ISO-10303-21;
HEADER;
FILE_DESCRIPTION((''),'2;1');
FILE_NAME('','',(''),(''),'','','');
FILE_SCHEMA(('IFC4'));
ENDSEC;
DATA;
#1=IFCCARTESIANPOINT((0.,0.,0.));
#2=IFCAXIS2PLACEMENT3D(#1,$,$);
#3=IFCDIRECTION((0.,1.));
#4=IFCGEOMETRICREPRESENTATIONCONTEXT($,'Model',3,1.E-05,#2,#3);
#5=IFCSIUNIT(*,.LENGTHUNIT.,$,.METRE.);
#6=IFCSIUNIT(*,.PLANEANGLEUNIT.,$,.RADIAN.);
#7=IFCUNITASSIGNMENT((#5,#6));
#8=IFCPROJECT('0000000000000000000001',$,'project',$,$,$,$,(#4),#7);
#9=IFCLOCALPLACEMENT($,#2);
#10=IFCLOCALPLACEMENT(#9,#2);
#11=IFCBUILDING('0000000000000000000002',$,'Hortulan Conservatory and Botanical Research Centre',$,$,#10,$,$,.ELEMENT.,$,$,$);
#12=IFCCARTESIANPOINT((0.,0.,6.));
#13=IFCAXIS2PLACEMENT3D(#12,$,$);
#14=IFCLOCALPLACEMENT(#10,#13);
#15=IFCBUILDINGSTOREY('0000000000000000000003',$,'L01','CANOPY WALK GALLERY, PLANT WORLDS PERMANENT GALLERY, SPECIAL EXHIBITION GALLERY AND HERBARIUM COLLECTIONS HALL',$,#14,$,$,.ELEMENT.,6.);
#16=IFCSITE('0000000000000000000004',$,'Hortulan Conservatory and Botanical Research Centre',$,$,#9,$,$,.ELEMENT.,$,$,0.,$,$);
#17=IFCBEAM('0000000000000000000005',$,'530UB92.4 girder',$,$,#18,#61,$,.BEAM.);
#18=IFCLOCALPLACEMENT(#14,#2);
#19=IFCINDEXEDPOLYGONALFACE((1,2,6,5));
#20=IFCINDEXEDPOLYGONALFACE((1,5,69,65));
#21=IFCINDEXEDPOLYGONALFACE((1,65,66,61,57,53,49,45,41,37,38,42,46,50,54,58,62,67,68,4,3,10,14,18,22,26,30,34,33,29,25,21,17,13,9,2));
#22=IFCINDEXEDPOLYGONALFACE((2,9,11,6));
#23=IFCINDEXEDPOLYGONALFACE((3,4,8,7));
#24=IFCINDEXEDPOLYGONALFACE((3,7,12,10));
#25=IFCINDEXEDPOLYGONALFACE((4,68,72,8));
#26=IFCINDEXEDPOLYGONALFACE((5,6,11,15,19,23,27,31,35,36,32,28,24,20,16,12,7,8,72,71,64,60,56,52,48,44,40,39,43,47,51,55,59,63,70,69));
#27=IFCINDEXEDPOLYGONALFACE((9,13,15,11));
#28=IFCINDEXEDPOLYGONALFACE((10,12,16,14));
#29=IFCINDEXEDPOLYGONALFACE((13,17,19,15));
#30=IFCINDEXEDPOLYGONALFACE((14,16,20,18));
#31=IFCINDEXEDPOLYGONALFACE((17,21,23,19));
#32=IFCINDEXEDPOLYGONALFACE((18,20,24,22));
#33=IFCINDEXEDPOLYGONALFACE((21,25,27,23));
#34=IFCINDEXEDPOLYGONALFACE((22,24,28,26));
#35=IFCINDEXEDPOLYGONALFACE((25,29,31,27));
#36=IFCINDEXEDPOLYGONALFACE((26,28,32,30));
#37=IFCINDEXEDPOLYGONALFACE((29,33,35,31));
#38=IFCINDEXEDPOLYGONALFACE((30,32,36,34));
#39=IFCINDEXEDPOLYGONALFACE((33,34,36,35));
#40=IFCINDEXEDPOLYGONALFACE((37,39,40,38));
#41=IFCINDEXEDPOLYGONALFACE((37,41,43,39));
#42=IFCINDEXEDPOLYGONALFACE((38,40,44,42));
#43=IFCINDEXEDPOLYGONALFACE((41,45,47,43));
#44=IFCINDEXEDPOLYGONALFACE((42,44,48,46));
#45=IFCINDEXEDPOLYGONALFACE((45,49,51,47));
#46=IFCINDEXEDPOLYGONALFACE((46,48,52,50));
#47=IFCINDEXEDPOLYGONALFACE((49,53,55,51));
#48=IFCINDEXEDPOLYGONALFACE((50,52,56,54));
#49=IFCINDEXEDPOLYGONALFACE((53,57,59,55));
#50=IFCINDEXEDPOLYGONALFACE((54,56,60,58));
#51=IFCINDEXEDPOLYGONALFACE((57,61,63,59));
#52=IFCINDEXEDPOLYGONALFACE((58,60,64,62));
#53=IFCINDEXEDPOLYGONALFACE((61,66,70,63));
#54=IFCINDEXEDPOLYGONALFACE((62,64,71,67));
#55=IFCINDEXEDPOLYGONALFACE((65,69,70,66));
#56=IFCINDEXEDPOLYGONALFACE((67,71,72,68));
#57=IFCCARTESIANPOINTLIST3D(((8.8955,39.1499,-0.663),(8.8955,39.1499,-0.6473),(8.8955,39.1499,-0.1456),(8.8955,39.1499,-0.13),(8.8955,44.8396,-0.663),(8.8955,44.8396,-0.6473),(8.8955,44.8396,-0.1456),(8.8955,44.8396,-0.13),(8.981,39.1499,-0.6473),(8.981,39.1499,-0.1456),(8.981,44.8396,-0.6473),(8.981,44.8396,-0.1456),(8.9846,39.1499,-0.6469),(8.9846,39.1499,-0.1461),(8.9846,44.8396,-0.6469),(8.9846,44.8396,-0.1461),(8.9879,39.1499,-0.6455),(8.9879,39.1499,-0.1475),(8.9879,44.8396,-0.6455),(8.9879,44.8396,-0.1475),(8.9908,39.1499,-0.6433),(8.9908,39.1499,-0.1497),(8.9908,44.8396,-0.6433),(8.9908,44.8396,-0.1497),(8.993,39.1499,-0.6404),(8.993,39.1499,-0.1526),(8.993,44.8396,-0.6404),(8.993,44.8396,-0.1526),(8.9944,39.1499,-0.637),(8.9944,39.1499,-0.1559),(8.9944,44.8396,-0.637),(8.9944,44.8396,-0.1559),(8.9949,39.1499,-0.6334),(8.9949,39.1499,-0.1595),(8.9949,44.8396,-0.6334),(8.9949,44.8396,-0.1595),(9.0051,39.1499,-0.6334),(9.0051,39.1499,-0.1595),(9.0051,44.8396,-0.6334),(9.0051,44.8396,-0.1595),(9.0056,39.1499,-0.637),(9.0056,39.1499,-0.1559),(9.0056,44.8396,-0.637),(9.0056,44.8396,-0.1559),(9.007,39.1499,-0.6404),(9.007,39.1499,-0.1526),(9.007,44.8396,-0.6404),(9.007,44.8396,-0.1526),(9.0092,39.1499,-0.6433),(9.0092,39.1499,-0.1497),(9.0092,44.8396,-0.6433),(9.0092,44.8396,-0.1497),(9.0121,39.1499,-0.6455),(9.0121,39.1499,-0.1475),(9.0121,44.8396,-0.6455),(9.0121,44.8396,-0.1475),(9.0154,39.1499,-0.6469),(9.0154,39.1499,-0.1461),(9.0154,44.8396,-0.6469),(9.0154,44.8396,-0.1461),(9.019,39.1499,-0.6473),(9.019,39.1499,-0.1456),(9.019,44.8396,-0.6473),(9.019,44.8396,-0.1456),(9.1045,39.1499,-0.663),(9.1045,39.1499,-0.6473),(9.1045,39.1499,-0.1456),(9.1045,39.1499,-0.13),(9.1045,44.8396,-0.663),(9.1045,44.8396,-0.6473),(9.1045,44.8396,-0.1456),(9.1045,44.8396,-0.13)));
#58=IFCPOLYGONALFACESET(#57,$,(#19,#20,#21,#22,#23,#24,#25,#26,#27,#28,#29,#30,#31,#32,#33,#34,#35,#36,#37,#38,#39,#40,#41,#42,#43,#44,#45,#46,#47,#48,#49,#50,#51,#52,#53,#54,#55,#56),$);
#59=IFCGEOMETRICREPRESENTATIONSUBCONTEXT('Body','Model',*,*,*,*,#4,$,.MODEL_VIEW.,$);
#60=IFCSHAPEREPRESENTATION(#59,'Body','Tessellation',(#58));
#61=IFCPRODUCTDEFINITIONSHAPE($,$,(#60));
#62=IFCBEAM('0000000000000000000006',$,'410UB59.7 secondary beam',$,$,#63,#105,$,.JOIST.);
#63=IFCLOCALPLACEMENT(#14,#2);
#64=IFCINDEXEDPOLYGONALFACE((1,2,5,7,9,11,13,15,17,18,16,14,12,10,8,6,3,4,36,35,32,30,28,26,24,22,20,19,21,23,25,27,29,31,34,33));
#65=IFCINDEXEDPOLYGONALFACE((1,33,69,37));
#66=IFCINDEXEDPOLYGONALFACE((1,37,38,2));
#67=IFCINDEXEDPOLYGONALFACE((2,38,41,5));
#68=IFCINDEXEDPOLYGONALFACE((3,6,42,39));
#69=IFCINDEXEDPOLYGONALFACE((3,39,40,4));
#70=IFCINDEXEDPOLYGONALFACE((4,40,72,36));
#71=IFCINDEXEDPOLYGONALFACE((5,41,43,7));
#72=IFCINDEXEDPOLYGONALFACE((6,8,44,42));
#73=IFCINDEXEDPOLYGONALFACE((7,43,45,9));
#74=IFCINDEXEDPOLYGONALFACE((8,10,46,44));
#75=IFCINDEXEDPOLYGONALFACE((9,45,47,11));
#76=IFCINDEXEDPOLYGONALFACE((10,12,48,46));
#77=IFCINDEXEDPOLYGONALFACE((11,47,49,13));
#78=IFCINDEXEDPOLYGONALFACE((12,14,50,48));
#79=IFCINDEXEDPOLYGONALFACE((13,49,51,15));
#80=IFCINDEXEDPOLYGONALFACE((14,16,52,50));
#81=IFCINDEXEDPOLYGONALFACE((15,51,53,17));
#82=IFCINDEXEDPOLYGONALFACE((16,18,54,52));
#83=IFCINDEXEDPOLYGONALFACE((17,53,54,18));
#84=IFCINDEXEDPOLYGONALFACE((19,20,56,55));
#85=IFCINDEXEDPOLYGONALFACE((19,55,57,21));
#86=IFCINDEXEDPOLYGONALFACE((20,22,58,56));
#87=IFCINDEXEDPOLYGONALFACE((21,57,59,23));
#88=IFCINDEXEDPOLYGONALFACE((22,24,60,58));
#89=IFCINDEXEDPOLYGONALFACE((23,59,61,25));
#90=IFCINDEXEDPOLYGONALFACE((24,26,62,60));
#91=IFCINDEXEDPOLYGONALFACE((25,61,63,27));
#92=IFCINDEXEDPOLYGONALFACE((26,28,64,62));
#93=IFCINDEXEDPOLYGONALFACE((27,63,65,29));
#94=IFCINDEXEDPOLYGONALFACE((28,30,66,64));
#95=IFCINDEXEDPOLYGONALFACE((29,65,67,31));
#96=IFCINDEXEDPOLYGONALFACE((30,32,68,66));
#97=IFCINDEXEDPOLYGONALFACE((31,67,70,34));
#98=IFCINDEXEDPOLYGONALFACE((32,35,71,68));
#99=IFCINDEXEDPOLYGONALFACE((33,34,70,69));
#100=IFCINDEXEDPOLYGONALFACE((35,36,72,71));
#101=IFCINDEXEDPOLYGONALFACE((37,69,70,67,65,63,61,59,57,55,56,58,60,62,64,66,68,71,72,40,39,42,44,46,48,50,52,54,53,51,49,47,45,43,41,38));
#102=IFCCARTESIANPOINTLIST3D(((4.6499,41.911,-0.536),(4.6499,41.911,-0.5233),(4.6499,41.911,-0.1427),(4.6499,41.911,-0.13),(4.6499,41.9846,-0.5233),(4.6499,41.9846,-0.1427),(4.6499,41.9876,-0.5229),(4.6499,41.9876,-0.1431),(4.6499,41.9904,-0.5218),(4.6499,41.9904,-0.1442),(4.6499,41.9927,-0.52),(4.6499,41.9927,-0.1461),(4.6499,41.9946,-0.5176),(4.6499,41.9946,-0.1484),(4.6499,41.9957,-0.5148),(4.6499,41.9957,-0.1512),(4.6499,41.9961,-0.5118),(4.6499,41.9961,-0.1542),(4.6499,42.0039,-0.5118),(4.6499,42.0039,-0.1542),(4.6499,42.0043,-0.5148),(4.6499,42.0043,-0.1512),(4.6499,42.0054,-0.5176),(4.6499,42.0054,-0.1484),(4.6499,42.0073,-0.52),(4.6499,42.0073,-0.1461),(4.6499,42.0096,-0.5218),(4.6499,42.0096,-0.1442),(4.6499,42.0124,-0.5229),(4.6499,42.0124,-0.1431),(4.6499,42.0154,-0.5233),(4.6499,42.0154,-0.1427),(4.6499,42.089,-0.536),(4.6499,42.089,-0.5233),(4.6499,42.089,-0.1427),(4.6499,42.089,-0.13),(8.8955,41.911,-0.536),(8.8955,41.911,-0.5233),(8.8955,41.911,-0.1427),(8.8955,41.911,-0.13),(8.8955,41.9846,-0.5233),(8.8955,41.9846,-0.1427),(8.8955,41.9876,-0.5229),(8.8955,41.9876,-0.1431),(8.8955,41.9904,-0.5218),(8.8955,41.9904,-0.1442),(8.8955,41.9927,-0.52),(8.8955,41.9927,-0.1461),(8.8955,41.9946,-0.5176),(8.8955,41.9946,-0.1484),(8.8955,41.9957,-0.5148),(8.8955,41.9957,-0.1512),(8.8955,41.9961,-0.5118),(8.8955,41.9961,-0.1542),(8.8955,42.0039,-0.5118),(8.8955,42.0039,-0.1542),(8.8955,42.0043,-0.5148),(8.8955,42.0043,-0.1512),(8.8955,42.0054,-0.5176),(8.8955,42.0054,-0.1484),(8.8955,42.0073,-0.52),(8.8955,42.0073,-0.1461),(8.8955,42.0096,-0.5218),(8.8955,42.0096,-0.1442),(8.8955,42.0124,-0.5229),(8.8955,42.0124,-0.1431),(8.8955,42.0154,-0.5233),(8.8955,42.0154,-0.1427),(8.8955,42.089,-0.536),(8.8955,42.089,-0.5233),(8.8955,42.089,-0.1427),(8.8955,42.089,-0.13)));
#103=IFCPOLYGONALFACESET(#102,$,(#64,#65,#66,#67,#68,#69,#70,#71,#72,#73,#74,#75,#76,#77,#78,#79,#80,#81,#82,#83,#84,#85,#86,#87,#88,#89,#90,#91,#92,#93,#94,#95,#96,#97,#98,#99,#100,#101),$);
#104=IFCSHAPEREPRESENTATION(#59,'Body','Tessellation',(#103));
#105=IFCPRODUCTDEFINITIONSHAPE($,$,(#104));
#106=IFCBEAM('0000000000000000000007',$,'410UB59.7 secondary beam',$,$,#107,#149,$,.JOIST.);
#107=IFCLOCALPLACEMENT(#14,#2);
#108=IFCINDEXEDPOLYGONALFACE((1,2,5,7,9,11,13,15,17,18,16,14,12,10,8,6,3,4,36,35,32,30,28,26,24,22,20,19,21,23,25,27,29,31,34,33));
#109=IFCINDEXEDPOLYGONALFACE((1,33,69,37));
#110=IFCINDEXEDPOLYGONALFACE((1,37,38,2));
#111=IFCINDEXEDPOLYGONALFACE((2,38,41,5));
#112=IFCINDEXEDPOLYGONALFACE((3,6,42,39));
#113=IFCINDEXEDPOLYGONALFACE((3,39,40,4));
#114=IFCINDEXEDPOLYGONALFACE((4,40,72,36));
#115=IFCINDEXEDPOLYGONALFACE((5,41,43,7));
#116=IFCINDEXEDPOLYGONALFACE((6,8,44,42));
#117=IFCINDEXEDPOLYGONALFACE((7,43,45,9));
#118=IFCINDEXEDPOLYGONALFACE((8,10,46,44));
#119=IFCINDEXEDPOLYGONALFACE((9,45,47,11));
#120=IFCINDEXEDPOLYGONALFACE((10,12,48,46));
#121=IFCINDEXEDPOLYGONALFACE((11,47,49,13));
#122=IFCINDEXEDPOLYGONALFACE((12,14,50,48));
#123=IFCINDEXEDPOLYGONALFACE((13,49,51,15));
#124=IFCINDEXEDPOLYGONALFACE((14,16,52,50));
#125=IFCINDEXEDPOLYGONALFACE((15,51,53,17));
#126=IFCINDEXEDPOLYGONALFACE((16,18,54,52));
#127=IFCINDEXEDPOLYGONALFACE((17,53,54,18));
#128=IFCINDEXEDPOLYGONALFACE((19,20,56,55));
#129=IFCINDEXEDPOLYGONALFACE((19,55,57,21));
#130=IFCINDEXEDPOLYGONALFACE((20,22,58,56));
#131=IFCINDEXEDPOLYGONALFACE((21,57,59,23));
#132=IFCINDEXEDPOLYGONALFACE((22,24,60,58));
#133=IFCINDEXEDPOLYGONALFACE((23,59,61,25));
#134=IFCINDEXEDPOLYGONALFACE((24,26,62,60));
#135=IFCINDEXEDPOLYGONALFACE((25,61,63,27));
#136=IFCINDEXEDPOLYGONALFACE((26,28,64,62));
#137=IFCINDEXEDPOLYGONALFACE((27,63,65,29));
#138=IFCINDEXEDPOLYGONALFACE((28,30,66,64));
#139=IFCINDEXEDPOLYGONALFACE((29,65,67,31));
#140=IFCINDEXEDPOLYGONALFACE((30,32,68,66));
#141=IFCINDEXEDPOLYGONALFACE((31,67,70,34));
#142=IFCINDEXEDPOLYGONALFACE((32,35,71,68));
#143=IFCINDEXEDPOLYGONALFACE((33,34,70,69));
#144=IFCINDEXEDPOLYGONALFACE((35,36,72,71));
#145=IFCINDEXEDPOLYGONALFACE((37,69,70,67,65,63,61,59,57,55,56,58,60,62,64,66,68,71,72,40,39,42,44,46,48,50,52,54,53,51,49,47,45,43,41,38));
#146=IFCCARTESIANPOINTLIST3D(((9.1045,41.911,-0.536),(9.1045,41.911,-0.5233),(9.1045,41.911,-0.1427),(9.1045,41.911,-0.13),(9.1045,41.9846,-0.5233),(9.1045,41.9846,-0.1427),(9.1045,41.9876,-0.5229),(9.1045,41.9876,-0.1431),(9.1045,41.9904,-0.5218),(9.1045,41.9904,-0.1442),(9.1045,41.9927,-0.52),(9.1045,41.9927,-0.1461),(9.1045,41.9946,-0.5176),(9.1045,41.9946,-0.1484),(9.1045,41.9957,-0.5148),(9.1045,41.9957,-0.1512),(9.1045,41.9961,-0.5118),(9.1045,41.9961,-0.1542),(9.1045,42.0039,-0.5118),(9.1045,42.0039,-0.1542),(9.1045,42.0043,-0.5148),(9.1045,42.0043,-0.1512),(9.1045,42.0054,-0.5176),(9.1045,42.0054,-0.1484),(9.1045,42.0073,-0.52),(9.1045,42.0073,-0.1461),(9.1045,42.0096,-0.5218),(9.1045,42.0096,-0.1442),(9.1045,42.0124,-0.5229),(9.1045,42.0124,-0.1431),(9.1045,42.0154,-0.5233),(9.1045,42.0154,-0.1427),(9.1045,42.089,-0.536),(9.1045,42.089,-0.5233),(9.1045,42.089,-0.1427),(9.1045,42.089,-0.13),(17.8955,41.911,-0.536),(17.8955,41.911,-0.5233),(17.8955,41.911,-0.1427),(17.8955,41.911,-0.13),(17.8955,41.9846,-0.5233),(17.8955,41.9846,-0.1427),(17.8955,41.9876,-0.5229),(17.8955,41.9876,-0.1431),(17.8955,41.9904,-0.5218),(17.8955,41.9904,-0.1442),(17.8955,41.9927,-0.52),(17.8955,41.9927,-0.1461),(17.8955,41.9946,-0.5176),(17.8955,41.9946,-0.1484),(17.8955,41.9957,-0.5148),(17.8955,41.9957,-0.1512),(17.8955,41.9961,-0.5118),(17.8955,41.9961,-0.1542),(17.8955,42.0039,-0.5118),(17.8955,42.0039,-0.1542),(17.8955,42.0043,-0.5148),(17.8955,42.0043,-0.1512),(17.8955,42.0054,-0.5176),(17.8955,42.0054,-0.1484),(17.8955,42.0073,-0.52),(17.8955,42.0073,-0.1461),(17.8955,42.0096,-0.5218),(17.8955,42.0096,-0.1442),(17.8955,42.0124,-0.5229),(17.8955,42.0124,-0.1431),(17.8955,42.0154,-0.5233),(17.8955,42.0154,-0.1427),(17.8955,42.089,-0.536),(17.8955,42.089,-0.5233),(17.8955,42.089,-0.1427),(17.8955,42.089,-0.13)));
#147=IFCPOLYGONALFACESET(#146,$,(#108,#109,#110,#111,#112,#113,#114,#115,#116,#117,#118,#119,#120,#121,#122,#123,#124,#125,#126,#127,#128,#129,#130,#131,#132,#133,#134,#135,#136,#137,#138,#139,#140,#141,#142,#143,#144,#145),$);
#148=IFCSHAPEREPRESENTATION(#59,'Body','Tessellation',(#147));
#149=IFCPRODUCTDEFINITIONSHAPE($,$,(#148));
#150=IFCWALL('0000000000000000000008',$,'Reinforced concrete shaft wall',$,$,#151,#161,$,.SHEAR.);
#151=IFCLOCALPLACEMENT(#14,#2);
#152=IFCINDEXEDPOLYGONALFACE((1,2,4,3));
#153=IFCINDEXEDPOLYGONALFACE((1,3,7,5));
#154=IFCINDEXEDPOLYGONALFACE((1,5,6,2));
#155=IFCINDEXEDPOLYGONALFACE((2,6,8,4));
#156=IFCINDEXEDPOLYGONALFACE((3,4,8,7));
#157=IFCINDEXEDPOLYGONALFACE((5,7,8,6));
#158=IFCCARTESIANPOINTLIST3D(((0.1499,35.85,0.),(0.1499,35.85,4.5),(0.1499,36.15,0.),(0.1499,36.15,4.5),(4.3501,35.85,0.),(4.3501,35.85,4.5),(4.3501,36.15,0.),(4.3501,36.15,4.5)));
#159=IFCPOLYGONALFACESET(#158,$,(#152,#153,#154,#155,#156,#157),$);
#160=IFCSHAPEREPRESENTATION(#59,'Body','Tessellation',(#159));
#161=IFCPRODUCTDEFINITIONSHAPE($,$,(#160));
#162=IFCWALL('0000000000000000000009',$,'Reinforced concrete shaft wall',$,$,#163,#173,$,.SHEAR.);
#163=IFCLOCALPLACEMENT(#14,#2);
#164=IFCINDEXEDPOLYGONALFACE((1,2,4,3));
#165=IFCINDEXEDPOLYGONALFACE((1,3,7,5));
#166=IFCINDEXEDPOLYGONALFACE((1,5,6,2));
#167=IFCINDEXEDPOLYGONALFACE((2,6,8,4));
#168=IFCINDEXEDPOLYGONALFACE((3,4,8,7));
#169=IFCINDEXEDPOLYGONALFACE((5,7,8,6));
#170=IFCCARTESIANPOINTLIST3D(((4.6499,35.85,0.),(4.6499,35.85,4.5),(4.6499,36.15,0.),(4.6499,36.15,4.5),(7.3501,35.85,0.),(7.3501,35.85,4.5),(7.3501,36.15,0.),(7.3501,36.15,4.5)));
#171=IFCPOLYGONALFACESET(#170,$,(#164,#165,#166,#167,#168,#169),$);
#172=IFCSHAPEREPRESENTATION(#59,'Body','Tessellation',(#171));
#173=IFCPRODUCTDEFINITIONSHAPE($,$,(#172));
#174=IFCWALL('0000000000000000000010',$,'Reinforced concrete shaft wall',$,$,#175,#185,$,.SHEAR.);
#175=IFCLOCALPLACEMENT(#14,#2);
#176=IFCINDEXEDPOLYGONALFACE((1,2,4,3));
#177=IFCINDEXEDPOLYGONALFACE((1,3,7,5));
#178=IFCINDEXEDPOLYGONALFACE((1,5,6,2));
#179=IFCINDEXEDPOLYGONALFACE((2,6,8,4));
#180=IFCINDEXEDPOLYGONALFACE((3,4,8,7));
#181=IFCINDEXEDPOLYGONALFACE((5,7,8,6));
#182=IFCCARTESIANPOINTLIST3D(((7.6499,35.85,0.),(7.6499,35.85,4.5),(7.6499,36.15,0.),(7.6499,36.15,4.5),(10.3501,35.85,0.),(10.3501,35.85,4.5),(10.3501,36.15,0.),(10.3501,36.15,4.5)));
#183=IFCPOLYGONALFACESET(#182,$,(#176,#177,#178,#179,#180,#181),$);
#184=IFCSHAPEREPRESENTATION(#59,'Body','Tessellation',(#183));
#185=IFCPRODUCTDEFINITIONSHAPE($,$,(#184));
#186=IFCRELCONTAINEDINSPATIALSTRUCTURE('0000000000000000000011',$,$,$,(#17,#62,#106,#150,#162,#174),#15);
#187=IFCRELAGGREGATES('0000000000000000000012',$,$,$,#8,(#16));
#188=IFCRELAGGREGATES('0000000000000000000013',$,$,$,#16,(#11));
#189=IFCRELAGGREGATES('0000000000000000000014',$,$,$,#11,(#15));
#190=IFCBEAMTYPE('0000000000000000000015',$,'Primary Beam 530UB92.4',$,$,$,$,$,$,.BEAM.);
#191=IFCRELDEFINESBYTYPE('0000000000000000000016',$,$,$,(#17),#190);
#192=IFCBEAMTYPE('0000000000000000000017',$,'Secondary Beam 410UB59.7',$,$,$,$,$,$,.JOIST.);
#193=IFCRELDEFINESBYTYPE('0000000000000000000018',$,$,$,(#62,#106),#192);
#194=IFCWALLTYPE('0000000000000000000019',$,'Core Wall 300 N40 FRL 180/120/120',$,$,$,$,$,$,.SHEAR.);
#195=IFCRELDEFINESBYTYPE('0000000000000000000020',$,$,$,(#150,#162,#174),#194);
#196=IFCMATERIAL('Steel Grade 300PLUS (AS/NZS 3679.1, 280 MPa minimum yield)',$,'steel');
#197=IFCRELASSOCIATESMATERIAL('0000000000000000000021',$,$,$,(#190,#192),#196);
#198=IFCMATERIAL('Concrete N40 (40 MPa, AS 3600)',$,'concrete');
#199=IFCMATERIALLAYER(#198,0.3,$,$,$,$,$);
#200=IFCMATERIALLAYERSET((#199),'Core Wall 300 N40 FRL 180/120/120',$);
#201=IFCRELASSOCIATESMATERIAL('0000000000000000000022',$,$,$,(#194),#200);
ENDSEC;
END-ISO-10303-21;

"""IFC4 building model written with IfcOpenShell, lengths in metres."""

from ifc_helpers import new_model, si_unit, direction, frame, frame_2d, origin, origin_2d, place, context, subcontext, project, spatial, rectangle, i_section, extrude, material, layer, layer_set, material_profile, profile_set, type_object, element, save


model = new_model("IFC4")

# Units and contexts
model_context = context("Model", 3, precision=1e-05, world=origin(), true_north=direction((0.0, 1.0)))
body_context = subcontext(model_context, "Body", "Model", "MODEL_VIEW")
ifc_project = project(units=[si_unit("LENGTHUNIT", "METRE"), si_unit("PLANEANGLEUNIT", "RADIAN")], contexts=[model_context])

# Site, building, storey
site_placement = place(None, origin())
site = spatial("IfcSite", under=ifc_project, at=site_placement, Name="Hortulan Conservatory and Botanical Research Centre", CompositionType="ELEMENT", RefElevation=0.0)
building_placement = place(site_placement, origin())
building = spatial("IfcBuilding", under=site, at=building_placement, Name="Hortulan Conservatory and Botanical Research Centre", CompositionType="ELEMENT")
storey_placement = place(building_placement, frame((0.0, 0.0, 6.0)))
storey = spatial("IfcBuildingStorey", under=building, at=storey_placement, Name="L01", Description="CANOPY WALK GALLERY, PLANT WORLDS PERMANENT GALLERY, SPECIAL EXHIBITION GALLERY AND HERBARIUM COLLECTIONS HALL", CompositionType="ELEMENT", Elevation=6.0)

# Beams
ifc_material_1 = material(Name="Steel Grade 300PLUS (AS/NZS 3679.1, 280 MPa minimum yield)", Category="steel")
ifc_material_profile_1 = material_profile(ifc_material_1, i_section(OverallWidth=0.209, OverallDepth=0.533, WebThickness=0.0103, FlangeThickness=0.0156, FilletRadius=0.0139, at=origin_2d()), Name="530UB92.4")
ifc_profile_set_1 = profile_set([ifc_material_profile_1], Name="Steel Grade 300PLUS (AS/NZS 3679.1, 280 MPa minimum yield)")
beam_type_1 = type_object("IfcBeamType", Name="Primary Beam 530UB92.4", PredefinedType="BEAM", material=ifc_profile_set_1)
beam_1_placement = place(storey_placement, frame((9.0, 39.1499, -0.3965), z_axis=(0.0, 1.0, 0.0), x_axis=(-1.0, 0.0, 0.0)))
element("IfcBeam", 1, at=beam_1_placement, inside=storey, type_object=beam_type_1, Name="530UB92.4 girder", PredefinedType="BEAM", context=body_context, shape_type="SweptSolid", body=[
    extrude(i_section(OverallWidth=0.209, OverallDepth=0.533, WebThickness=0.0103, FlangeThickness=0.0156, FilletRadius=0.0139, at=origin_2d()), origin(), (0.0, 0.0, 1.0), 5.6897),
])
ifc_material_profile_2 = material_profile(ifc_material_1, i_section(OverallWidth=0.178, OverallDepth=0.406, WebThickness=0.0078, FlangeThickness=0.0127, FilletRadius=0.0115, at=origin_2d()), Name="410UB59.7")
ifc_profile_set_2 = profile_set([ifc_material_profile_2], Name="Steel Grade 300PLUS (AS/NZS 3679.1, 280 MPa minimum yield)")
beam_type_2 = type_object("IfcBeamType", Name="Secondary Beam 410UB59.7", PredefinedType="JOIST", material=ifc_profile_set_2)
beam_2_placement = place(storey_placement, frame((4.6499, 42.0, -0.333), z_axis=(1.0, 0.0, 0.0), x_axis=(0.0, 1.0, 0.0)))
element("IfcBeam", 2, at=beam_2_placement, inside=storey, type_object=beam_type_2, Name="410UB59.7 secondary beam", PredefinedType="JOIST", context=body_context, shape_type="SweptSolid", body=[
    extrude(i_section(OverallWidth=0.178, OverallDepth=0.406, WebThickness=0.0078, FlangeThickness=0.0127, FilletRadius=0.0115, at=origin_2d()), origin(), (0.0, 0.0, 1.0), 4.2456),
])
beam_3_placement = place(storey_placement, frame((9.1045, 42.0, -0.333), z_axis=(1.0, 0.0, 0.0), x_axis=(0.0, 1.0, 0.0)))
element("IfcBeam", 3, at=beam_3_placement, inside=storey, type_object=beam_type_2, Name="410UB59.7 secondary beam", PredefinedType="JOIST", context=body_context, shape_type="SweptSolid", body=[
    extrude(i_section(OverallWidth=0.178, OverallDepth=0.406, WebThickness=0.0078, FlangeThickness=0.0127, FilletRadius=0.0115, at=origin_2d()), origin(), (0.0, 0.0, 1.0), 8.791),
])

# Walls
ifc_material_2 = material(Name="Concrete N40 (40 MPa, AS 3600)", Category="concrete")
ifc_layer_1 = layer(ifc_material_2, 0.3)
ifc_layer_set_1 = layer_set([ifc_layer_1], Name="Core Wall 300 N40 FRL 180/120/120")
wall_type = type_object("IfcWallType", Name="Core Wall 300 N40 FRL 180/120/120", PredefinedType="SHEAR", material=ifc_layer_set_1)
wall_1_placement = place(storey_placement, frame((0.1499, 36.0, 0.0), z_axis=(0.0, 0.0, 1.0), x_axis=(1.0, 0.0, 0.0)))
element("IfcWall", 4, at=wall_1_placement, inside=storey, type_object=wall_type, Name="Reinforced concrete shaft wall", PredefinedType="SHEAR", context=body_context, shape_type="SweptSolid", body=[
    extrude(rectangle(XDim=4.2002, YDim=0.3, at=frame_2d((2.1001, 0.0))), origin(), (0.0, 0.0, 1.0), 4.5),
])
for number, where, z_axis, x_axis, name in (
    (5, (4.6499, 36.0, 0.0), (0.0, 0.0, 1.0), (1.0, 0.0, 0.0), "Reinforced concrete shaft wall"),
    (6, (7.6499, 36.0, 0.0), (0.0, 0.0, 1.0), (1.0, 0.0, 0.0), "Reinforced concrete shaft wall"),
):
    element("IfcWall", number, at=place(storey_placement, frame(where, z_axis=z_axis, x_axis=x_axis)), inside=storey, type_object=wall_type, Name=name, PredefinedType="SHEAR", context=body_context, shape_type="SweptSolid", body=[
        extrude(rectangle(XDim=2.7002, YDim=0.3, at=frame_2d((1.3501, 0.0))), origin(), (0.0, 0.0, 1.0), 4.5),
    ])

save(model, "model.ifc")
